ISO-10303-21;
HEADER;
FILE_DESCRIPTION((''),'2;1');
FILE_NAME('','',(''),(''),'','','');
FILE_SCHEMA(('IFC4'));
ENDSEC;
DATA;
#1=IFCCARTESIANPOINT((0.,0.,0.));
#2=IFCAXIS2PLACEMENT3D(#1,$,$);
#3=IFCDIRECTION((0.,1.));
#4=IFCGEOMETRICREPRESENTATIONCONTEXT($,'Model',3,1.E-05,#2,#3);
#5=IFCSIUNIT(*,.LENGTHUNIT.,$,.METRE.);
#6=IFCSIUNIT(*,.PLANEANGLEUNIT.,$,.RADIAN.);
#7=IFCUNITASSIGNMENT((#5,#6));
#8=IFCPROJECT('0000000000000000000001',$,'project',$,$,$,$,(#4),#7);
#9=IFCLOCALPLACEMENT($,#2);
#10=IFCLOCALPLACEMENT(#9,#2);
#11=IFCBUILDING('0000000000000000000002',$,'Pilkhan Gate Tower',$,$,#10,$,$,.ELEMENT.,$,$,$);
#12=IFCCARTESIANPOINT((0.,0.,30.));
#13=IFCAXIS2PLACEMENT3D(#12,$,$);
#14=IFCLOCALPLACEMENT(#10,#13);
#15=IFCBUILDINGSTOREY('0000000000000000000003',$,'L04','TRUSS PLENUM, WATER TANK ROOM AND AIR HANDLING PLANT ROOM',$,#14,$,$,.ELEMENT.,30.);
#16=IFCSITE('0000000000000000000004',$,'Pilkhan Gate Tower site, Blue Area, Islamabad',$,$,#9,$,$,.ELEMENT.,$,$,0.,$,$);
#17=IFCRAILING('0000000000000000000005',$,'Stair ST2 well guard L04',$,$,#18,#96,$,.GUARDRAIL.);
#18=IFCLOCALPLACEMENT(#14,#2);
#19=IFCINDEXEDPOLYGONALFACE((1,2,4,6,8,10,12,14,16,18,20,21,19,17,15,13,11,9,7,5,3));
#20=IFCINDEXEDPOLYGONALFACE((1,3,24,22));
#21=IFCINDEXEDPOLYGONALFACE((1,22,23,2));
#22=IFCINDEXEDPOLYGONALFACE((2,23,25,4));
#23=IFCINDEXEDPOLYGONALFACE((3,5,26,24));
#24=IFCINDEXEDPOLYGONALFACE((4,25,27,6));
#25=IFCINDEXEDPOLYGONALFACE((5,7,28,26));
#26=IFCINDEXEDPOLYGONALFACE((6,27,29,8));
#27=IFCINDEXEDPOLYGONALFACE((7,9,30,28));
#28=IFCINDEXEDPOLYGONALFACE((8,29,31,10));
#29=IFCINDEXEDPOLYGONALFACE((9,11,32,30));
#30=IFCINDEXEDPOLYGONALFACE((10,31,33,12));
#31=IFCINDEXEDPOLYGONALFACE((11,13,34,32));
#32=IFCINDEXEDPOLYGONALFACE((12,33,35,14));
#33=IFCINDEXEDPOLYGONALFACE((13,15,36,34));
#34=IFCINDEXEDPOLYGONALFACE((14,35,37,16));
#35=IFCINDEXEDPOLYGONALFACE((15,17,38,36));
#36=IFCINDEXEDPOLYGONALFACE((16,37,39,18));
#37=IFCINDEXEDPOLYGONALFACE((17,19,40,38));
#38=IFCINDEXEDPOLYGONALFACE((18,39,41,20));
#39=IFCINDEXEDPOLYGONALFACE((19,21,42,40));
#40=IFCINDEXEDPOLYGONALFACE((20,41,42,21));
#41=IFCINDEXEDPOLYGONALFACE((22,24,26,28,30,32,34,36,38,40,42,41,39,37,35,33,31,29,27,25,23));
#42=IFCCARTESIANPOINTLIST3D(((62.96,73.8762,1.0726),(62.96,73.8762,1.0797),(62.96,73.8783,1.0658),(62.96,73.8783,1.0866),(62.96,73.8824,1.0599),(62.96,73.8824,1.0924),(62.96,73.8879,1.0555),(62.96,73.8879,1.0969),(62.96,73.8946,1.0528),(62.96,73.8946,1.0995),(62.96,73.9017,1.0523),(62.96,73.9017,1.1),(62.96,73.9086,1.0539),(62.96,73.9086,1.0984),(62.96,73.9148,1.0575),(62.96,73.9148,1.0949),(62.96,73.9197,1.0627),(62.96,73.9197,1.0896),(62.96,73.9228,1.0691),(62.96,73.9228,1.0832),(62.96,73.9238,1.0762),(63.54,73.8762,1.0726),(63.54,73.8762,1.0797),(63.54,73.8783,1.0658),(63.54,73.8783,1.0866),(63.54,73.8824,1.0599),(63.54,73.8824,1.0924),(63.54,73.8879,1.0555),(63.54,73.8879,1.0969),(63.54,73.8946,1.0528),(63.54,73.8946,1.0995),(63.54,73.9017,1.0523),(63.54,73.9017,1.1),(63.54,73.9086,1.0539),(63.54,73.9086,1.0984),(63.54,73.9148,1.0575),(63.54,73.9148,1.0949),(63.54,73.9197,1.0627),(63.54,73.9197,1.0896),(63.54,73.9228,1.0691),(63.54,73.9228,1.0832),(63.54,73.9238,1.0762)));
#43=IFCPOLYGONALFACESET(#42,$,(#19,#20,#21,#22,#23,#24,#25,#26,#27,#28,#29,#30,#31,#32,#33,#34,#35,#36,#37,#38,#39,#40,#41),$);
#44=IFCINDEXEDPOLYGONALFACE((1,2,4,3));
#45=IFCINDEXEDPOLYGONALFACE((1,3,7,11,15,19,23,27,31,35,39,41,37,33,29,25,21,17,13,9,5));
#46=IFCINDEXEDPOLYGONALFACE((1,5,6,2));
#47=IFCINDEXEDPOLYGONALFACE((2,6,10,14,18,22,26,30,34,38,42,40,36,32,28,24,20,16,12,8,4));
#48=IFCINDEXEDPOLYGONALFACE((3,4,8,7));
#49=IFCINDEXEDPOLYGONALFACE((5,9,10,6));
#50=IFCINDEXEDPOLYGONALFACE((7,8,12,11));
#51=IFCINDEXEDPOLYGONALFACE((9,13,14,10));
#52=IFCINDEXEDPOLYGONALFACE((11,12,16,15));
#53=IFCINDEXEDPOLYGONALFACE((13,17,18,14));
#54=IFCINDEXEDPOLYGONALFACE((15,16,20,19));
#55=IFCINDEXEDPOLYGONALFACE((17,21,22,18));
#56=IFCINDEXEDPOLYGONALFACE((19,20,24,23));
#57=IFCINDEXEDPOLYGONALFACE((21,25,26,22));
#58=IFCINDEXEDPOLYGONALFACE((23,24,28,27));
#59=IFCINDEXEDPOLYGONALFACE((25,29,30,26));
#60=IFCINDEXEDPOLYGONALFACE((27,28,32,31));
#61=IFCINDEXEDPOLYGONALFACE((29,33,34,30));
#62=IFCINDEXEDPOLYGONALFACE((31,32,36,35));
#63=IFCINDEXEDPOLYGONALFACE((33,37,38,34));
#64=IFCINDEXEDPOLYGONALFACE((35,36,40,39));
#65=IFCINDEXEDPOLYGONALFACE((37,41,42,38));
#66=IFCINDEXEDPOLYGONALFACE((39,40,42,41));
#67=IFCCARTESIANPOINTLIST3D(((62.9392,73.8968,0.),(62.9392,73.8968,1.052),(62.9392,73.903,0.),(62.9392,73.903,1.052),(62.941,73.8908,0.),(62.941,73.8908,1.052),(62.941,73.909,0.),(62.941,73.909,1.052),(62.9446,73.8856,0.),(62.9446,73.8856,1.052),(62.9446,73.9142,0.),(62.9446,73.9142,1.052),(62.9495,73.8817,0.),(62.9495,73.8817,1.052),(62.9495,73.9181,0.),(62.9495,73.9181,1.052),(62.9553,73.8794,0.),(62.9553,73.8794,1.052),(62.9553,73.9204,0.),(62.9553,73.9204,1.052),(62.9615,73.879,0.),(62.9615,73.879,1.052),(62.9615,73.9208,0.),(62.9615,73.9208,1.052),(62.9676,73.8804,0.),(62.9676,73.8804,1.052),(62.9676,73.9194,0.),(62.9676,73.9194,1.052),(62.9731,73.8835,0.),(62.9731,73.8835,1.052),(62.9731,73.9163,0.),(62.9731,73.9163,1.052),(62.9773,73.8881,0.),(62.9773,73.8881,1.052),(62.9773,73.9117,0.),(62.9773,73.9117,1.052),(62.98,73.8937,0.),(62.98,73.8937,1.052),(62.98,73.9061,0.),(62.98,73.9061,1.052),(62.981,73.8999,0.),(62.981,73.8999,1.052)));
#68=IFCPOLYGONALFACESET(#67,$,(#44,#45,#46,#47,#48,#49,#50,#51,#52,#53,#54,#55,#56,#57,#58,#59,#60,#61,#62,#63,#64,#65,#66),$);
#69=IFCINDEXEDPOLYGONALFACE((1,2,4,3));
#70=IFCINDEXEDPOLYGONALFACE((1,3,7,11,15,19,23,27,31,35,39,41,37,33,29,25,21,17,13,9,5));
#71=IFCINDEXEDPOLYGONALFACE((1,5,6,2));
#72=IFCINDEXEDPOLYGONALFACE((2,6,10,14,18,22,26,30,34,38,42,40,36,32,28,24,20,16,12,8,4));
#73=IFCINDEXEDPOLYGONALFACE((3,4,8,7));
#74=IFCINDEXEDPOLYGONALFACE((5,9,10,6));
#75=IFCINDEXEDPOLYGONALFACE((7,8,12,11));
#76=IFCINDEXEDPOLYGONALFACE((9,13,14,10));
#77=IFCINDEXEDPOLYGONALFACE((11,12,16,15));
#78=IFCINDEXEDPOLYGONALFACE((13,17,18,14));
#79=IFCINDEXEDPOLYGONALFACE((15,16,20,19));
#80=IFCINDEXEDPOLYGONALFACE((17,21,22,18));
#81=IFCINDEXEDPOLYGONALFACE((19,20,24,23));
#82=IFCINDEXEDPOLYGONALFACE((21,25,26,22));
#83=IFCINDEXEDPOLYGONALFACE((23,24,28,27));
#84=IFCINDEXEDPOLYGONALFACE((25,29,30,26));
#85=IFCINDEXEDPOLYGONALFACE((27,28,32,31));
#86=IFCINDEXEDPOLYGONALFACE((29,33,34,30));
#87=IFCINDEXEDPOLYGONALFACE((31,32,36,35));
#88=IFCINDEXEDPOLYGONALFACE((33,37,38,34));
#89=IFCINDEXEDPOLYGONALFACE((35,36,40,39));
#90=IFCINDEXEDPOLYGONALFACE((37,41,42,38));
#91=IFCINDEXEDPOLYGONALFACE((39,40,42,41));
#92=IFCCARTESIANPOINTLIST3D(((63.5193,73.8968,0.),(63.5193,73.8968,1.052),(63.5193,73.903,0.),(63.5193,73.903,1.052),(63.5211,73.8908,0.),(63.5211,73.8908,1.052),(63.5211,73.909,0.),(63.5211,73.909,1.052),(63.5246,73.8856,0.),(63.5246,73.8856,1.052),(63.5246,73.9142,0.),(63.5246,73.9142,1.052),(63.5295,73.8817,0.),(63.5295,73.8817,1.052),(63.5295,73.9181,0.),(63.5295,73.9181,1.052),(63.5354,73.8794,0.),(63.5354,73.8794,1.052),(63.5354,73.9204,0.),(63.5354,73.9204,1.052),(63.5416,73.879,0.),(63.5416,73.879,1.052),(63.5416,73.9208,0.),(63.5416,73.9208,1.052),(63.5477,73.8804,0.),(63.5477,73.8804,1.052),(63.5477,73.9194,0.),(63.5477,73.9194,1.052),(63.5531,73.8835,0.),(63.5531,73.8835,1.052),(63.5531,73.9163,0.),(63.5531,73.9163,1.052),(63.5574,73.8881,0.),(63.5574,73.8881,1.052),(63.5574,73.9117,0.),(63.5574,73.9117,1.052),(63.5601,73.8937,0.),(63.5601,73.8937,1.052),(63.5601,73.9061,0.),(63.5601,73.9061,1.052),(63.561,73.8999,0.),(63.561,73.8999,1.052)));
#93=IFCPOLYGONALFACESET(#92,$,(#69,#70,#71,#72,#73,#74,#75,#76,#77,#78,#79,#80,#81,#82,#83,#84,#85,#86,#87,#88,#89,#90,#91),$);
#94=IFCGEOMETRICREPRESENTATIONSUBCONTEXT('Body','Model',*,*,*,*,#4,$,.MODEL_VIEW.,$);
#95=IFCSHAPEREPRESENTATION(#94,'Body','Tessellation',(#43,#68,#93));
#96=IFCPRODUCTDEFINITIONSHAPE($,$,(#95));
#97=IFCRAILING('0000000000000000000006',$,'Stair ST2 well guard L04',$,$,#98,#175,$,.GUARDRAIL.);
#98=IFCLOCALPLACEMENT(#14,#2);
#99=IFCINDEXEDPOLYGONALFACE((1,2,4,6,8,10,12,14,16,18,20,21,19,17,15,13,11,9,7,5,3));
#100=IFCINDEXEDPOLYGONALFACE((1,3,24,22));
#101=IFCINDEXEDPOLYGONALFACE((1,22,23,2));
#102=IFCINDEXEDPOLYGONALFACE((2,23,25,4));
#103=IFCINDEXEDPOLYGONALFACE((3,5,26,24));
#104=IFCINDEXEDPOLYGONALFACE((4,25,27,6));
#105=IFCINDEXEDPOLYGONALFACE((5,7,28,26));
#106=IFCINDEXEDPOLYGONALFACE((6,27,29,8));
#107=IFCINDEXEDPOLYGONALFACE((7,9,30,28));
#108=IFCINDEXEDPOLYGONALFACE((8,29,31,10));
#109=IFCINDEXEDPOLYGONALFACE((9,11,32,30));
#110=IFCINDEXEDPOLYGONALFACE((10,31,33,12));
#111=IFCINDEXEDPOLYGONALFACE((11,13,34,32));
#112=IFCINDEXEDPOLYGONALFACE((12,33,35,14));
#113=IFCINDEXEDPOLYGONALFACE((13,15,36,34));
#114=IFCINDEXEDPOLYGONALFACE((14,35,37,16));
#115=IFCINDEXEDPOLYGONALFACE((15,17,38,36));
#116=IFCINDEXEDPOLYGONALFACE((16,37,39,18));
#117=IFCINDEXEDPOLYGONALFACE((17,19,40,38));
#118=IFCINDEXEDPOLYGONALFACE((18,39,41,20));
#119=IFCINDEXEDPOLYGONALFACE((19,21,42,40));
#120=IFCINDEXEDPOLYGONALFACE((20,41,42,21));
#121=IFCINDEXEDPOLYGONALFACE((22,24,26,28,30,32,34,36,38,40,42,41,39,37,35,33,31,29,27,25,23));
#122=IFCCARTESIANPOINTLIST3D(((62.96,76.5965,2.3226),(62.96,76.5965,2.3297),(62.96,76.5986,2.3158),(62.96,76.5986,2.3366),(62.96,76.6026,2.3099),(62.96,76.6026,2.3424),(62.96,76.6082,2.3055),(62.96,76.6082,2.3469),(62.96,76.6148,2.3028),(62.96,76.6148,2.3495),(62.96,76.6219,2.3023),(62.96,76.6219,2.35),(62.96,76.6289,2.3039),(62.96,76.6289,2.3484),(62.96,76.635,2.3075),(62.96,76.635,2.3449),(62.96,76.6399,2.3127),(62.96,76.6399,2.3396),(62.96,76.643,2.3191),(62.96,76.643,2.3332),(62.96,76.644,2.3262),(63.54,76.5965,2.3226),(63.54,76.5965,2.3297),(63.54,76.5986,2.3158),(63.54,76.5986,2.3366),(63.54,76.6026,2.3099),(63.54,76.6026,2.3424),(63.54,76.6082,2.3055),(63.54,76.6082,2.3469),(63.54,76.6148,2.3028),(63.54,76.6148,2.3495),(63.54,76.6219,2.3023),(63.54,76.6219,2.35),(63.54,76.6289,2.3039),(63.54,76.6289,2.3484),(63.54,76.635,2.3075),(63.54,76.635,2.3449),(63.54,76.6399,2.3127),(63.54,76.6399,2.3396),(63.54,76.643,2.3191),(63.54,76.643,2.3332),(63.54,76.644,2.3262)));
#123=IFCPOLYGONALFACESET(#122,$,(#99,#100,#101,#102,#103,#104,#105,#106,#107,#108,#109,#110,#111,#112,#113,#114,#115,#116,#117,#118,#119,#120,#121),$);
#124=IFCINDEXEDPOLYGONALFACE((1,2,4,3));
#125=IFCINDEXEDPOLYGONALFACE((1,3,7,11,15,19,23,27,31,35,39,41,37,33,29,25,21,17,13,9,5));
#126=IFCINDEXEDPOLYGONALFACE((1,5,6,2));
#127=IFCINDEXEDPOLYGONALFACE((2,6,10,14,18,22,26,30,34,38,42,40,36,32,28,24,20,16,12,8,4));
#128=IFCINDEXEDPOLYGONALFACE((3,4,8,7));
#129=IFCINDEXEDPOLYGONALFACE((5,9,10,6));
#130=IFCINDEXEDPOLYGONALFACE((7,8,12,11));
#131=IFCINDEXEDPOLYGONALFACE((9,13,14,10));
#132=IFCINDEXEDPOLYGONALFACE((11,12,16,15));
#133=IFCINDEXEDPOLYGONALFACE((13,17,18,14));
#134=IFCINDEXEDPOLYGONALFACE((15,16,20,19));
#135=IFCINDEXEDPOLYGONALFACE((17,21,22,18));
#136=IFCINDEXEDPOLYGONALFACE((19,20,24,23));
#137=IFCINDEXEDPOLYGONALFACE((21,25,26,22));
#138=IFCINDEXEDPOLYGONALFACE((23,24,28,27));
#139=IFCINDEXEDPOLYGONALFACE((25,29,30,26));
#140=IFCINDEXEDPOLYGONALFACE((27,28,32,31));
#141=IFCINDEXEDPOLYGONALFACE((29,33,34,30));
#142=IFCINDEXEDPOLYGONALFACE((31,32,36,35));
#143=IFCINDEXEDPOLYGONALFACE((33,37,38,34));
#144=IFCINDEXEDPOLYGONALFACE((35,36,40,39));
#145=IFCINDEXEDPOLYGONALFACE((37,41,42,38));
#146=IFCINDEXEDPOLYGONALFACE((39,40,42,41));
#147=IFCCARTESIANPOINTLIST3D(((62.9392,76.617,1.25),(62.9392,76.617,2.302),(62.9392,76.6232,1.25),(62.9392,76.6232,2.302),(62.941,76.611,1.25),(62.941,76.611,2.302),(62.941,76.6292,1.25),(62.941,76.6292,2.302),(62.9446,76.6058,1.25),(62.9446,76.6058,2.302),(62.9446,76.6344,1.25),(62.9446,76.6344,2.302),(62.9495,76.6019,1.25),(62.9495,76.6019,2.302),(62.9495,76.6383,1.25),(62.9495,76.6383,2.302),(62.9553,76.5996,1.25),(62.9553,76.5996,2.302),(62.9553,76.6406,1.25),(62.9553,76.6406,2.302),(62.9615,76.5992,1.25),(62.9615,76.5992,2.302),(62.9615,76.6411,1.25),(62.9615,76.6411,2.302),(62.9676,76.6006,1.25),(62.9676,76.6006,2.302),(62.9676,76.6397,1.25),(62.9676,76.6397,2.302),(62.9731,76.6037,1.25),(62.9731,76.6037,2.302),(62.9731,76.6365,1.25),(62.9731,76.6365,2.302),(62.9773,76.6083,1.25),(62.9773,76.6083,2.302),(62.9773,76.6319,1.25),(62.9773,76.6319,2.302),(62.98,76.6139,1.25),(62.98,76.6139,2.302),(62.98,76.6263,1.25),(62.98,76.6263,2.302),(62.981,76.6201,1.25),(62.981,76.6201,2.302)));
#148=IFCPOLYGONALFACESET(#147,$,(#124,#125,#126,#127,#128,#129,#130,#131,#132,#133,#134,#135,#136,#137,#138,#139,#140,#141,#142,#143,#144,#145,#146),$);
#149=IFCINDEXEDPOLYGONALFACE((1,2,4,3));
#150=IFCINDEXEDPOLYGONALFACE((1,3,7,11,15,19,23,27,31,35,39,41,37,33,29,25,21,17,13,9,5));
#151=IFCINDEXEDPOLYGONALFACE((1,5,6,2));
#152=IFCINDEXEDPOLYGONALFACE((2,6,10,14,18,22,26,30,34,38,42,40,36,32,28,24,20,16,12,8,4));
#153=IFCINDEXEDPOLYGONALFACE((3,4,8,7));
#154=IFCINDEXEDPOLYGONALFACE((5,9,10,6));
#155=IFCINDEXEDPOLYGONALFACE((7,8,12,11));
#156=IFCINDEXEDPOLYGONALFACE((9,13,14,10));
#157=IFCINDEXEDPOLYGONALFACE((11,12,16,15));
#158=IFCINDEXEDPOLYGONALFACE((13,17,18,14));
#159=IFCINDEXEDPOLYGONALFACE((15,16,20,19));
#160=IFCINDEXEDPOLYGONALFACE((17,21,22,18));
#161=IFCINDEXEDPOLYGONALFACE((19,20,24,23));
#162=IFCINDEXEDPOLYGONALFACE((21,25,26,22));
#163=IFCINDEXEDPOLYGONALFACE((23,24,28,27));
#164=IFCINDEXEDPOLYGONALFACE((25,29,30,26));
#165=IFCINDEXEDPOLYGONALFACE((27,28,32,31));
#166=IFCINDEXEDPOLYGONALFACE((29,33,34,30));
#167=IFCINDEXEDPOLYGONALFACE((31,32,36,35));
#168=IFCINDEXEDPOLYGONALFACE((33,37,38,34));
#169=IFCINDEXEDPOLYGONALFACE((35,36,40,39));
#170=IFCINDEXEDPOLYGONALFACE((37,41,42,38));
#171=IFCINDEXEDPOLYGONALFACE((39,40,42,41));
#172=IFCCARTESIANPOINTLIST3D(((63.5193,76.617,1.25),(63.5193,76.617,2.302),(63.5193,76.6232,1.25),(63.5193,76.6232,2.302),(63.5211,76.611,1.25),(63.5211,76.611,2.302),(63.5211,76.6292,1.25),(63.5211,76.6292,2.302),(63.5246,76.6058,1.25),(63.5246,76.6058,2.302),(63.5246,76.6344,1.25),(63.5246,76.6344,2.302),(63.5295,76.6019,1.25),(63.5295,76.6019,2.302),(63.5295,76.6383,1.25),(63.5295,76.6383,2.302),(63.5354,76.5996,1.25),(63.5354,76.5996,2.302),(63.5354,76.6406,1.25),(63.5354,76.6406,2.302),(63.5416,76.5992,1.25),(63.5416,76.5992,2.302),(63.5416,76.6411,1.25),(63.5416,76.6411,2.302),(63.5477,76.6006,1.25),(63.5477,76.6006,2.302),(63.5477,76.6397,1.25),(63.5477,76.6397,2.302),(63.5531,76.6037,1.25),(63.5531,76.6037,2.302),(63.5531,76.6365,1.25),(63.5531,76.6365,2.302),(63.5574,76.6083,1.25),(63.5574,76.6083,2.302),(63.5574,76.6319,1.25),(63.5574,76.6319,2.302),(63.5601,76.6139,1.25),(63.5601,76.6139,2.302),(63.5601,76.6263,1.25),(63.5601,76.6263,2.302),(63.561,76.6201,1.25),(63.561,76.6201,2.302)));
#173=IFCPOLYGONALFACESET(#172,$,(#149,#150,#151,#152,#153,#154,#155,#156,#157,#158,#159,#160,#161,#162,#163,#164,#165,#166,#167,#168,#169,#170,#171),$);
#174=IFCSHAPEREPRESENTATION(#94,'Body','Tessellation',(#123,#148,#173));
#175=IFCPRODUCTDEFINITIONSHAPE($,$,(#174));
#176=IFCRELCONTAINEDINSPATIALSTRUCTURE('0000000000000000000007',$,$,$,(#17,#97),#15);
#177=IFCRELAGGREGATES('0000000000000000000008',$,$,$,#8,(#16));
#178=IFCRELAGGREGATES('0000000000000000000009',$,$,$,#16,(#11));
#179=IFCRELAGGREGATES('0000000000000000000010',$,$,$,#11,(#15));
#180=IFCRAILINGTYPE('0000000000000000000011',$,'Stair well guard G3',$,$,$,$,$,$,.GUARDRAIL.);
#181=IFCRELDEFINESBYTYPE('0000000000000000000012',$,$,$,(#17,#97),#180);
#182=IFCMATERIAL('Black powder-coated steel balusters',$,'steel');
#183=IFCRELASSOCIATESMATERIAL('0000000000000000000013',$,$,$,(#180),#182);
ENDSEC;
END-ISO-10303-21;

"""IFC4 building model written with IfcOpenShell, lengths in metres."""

from ifc_helpers import new_model, si_unit, direction, frame, origin, origin_2d, place, context, subcontext, project, spatial, circle, extrude, material, type_object, element, save


model = new_model("IFC4")

# Units and contexts
model_context = context("Model", 3, precision=1e-05, world=origin(), true_north=direction((0.0, 1.0)))
body_context = subcontext(model_context, "Body", "Model", "MODEL_VIEW")
ifc_project = project(units=[si_unit("LENGTHUNIT", "METRE"), si_unit("PLANEANGLEUNIT", "RADIAN")], contexts=[model_context])

# Site, building, storey
site_placement = place(None, origin())
site = spatial("IfcSite", under=ifc_project, at=site_placement, Name="Pilkhan Gate Tower site, Blue Area, Islamabad", CompositionType="ELEMENT", RefElevation=0.0)
building_placement = place(site_placement, origin())
building = spatial("IfcBuilding", under=site, at=building_placement, Name="Pilkhan Gate Tower", CompositionType="ELEMENT")
storey_placement = place(building_placement, frame((0.0, 0.0, 30.0)))
storey = spatial("IfcBuildingStorey", under=building, at=storey_placement, Name="L04", Description="TRUSS PLENUM, WATER TANK ROOM AND AIR HANDLING PLANT ROOM", CompositionType="ELEMENT", Elevation=30.0)

# Railings
ifc_material_1 = material(Name="Black powder-coated steel balusters", Category="steel")
railing_type_1 = type_object("IfcRailingType", Name="Stair well guard G3", PredefinedType="GUARDRAIL", material=ifc_material_1)
for number, where, name in (
    (1, (62.96, 73.8999, 0.0), "Stair ST2 well guard L04"),
    (2, (62.96, 76.6201, 1.25), "Stair ST2 well guard L04"),
):
    element("IfcRailing", number, at=place(storey_placement, frame(where)), inside=storey, type_object=railing_type_1, Name=name, PredefinedType="GUARDRAIL", context=body_context, shape_type="SweptSolid", body=[
        extrude(circle(Radius=0.0239, at=origin_2d()), frame((0.0, 0.0, 1.0762), z_axis=(1.0, 0.0, 0.0), x_axis=(0.0, 1.0, 0.0)), (0.0, 0.0, 1.0), 0.5801),
        extrude(circle(Radius=0.021, at=origin_2d()), origin(), (0.0, 0.0, 1.0), 1.052),
        extrude(circle(Radius=0.021, at=origin_2d()), frame((0.5801, 0.0, 0.0)), (0.0, 0.0, 1.0), 1.052),
    ])

save(model, "model.ifc")
